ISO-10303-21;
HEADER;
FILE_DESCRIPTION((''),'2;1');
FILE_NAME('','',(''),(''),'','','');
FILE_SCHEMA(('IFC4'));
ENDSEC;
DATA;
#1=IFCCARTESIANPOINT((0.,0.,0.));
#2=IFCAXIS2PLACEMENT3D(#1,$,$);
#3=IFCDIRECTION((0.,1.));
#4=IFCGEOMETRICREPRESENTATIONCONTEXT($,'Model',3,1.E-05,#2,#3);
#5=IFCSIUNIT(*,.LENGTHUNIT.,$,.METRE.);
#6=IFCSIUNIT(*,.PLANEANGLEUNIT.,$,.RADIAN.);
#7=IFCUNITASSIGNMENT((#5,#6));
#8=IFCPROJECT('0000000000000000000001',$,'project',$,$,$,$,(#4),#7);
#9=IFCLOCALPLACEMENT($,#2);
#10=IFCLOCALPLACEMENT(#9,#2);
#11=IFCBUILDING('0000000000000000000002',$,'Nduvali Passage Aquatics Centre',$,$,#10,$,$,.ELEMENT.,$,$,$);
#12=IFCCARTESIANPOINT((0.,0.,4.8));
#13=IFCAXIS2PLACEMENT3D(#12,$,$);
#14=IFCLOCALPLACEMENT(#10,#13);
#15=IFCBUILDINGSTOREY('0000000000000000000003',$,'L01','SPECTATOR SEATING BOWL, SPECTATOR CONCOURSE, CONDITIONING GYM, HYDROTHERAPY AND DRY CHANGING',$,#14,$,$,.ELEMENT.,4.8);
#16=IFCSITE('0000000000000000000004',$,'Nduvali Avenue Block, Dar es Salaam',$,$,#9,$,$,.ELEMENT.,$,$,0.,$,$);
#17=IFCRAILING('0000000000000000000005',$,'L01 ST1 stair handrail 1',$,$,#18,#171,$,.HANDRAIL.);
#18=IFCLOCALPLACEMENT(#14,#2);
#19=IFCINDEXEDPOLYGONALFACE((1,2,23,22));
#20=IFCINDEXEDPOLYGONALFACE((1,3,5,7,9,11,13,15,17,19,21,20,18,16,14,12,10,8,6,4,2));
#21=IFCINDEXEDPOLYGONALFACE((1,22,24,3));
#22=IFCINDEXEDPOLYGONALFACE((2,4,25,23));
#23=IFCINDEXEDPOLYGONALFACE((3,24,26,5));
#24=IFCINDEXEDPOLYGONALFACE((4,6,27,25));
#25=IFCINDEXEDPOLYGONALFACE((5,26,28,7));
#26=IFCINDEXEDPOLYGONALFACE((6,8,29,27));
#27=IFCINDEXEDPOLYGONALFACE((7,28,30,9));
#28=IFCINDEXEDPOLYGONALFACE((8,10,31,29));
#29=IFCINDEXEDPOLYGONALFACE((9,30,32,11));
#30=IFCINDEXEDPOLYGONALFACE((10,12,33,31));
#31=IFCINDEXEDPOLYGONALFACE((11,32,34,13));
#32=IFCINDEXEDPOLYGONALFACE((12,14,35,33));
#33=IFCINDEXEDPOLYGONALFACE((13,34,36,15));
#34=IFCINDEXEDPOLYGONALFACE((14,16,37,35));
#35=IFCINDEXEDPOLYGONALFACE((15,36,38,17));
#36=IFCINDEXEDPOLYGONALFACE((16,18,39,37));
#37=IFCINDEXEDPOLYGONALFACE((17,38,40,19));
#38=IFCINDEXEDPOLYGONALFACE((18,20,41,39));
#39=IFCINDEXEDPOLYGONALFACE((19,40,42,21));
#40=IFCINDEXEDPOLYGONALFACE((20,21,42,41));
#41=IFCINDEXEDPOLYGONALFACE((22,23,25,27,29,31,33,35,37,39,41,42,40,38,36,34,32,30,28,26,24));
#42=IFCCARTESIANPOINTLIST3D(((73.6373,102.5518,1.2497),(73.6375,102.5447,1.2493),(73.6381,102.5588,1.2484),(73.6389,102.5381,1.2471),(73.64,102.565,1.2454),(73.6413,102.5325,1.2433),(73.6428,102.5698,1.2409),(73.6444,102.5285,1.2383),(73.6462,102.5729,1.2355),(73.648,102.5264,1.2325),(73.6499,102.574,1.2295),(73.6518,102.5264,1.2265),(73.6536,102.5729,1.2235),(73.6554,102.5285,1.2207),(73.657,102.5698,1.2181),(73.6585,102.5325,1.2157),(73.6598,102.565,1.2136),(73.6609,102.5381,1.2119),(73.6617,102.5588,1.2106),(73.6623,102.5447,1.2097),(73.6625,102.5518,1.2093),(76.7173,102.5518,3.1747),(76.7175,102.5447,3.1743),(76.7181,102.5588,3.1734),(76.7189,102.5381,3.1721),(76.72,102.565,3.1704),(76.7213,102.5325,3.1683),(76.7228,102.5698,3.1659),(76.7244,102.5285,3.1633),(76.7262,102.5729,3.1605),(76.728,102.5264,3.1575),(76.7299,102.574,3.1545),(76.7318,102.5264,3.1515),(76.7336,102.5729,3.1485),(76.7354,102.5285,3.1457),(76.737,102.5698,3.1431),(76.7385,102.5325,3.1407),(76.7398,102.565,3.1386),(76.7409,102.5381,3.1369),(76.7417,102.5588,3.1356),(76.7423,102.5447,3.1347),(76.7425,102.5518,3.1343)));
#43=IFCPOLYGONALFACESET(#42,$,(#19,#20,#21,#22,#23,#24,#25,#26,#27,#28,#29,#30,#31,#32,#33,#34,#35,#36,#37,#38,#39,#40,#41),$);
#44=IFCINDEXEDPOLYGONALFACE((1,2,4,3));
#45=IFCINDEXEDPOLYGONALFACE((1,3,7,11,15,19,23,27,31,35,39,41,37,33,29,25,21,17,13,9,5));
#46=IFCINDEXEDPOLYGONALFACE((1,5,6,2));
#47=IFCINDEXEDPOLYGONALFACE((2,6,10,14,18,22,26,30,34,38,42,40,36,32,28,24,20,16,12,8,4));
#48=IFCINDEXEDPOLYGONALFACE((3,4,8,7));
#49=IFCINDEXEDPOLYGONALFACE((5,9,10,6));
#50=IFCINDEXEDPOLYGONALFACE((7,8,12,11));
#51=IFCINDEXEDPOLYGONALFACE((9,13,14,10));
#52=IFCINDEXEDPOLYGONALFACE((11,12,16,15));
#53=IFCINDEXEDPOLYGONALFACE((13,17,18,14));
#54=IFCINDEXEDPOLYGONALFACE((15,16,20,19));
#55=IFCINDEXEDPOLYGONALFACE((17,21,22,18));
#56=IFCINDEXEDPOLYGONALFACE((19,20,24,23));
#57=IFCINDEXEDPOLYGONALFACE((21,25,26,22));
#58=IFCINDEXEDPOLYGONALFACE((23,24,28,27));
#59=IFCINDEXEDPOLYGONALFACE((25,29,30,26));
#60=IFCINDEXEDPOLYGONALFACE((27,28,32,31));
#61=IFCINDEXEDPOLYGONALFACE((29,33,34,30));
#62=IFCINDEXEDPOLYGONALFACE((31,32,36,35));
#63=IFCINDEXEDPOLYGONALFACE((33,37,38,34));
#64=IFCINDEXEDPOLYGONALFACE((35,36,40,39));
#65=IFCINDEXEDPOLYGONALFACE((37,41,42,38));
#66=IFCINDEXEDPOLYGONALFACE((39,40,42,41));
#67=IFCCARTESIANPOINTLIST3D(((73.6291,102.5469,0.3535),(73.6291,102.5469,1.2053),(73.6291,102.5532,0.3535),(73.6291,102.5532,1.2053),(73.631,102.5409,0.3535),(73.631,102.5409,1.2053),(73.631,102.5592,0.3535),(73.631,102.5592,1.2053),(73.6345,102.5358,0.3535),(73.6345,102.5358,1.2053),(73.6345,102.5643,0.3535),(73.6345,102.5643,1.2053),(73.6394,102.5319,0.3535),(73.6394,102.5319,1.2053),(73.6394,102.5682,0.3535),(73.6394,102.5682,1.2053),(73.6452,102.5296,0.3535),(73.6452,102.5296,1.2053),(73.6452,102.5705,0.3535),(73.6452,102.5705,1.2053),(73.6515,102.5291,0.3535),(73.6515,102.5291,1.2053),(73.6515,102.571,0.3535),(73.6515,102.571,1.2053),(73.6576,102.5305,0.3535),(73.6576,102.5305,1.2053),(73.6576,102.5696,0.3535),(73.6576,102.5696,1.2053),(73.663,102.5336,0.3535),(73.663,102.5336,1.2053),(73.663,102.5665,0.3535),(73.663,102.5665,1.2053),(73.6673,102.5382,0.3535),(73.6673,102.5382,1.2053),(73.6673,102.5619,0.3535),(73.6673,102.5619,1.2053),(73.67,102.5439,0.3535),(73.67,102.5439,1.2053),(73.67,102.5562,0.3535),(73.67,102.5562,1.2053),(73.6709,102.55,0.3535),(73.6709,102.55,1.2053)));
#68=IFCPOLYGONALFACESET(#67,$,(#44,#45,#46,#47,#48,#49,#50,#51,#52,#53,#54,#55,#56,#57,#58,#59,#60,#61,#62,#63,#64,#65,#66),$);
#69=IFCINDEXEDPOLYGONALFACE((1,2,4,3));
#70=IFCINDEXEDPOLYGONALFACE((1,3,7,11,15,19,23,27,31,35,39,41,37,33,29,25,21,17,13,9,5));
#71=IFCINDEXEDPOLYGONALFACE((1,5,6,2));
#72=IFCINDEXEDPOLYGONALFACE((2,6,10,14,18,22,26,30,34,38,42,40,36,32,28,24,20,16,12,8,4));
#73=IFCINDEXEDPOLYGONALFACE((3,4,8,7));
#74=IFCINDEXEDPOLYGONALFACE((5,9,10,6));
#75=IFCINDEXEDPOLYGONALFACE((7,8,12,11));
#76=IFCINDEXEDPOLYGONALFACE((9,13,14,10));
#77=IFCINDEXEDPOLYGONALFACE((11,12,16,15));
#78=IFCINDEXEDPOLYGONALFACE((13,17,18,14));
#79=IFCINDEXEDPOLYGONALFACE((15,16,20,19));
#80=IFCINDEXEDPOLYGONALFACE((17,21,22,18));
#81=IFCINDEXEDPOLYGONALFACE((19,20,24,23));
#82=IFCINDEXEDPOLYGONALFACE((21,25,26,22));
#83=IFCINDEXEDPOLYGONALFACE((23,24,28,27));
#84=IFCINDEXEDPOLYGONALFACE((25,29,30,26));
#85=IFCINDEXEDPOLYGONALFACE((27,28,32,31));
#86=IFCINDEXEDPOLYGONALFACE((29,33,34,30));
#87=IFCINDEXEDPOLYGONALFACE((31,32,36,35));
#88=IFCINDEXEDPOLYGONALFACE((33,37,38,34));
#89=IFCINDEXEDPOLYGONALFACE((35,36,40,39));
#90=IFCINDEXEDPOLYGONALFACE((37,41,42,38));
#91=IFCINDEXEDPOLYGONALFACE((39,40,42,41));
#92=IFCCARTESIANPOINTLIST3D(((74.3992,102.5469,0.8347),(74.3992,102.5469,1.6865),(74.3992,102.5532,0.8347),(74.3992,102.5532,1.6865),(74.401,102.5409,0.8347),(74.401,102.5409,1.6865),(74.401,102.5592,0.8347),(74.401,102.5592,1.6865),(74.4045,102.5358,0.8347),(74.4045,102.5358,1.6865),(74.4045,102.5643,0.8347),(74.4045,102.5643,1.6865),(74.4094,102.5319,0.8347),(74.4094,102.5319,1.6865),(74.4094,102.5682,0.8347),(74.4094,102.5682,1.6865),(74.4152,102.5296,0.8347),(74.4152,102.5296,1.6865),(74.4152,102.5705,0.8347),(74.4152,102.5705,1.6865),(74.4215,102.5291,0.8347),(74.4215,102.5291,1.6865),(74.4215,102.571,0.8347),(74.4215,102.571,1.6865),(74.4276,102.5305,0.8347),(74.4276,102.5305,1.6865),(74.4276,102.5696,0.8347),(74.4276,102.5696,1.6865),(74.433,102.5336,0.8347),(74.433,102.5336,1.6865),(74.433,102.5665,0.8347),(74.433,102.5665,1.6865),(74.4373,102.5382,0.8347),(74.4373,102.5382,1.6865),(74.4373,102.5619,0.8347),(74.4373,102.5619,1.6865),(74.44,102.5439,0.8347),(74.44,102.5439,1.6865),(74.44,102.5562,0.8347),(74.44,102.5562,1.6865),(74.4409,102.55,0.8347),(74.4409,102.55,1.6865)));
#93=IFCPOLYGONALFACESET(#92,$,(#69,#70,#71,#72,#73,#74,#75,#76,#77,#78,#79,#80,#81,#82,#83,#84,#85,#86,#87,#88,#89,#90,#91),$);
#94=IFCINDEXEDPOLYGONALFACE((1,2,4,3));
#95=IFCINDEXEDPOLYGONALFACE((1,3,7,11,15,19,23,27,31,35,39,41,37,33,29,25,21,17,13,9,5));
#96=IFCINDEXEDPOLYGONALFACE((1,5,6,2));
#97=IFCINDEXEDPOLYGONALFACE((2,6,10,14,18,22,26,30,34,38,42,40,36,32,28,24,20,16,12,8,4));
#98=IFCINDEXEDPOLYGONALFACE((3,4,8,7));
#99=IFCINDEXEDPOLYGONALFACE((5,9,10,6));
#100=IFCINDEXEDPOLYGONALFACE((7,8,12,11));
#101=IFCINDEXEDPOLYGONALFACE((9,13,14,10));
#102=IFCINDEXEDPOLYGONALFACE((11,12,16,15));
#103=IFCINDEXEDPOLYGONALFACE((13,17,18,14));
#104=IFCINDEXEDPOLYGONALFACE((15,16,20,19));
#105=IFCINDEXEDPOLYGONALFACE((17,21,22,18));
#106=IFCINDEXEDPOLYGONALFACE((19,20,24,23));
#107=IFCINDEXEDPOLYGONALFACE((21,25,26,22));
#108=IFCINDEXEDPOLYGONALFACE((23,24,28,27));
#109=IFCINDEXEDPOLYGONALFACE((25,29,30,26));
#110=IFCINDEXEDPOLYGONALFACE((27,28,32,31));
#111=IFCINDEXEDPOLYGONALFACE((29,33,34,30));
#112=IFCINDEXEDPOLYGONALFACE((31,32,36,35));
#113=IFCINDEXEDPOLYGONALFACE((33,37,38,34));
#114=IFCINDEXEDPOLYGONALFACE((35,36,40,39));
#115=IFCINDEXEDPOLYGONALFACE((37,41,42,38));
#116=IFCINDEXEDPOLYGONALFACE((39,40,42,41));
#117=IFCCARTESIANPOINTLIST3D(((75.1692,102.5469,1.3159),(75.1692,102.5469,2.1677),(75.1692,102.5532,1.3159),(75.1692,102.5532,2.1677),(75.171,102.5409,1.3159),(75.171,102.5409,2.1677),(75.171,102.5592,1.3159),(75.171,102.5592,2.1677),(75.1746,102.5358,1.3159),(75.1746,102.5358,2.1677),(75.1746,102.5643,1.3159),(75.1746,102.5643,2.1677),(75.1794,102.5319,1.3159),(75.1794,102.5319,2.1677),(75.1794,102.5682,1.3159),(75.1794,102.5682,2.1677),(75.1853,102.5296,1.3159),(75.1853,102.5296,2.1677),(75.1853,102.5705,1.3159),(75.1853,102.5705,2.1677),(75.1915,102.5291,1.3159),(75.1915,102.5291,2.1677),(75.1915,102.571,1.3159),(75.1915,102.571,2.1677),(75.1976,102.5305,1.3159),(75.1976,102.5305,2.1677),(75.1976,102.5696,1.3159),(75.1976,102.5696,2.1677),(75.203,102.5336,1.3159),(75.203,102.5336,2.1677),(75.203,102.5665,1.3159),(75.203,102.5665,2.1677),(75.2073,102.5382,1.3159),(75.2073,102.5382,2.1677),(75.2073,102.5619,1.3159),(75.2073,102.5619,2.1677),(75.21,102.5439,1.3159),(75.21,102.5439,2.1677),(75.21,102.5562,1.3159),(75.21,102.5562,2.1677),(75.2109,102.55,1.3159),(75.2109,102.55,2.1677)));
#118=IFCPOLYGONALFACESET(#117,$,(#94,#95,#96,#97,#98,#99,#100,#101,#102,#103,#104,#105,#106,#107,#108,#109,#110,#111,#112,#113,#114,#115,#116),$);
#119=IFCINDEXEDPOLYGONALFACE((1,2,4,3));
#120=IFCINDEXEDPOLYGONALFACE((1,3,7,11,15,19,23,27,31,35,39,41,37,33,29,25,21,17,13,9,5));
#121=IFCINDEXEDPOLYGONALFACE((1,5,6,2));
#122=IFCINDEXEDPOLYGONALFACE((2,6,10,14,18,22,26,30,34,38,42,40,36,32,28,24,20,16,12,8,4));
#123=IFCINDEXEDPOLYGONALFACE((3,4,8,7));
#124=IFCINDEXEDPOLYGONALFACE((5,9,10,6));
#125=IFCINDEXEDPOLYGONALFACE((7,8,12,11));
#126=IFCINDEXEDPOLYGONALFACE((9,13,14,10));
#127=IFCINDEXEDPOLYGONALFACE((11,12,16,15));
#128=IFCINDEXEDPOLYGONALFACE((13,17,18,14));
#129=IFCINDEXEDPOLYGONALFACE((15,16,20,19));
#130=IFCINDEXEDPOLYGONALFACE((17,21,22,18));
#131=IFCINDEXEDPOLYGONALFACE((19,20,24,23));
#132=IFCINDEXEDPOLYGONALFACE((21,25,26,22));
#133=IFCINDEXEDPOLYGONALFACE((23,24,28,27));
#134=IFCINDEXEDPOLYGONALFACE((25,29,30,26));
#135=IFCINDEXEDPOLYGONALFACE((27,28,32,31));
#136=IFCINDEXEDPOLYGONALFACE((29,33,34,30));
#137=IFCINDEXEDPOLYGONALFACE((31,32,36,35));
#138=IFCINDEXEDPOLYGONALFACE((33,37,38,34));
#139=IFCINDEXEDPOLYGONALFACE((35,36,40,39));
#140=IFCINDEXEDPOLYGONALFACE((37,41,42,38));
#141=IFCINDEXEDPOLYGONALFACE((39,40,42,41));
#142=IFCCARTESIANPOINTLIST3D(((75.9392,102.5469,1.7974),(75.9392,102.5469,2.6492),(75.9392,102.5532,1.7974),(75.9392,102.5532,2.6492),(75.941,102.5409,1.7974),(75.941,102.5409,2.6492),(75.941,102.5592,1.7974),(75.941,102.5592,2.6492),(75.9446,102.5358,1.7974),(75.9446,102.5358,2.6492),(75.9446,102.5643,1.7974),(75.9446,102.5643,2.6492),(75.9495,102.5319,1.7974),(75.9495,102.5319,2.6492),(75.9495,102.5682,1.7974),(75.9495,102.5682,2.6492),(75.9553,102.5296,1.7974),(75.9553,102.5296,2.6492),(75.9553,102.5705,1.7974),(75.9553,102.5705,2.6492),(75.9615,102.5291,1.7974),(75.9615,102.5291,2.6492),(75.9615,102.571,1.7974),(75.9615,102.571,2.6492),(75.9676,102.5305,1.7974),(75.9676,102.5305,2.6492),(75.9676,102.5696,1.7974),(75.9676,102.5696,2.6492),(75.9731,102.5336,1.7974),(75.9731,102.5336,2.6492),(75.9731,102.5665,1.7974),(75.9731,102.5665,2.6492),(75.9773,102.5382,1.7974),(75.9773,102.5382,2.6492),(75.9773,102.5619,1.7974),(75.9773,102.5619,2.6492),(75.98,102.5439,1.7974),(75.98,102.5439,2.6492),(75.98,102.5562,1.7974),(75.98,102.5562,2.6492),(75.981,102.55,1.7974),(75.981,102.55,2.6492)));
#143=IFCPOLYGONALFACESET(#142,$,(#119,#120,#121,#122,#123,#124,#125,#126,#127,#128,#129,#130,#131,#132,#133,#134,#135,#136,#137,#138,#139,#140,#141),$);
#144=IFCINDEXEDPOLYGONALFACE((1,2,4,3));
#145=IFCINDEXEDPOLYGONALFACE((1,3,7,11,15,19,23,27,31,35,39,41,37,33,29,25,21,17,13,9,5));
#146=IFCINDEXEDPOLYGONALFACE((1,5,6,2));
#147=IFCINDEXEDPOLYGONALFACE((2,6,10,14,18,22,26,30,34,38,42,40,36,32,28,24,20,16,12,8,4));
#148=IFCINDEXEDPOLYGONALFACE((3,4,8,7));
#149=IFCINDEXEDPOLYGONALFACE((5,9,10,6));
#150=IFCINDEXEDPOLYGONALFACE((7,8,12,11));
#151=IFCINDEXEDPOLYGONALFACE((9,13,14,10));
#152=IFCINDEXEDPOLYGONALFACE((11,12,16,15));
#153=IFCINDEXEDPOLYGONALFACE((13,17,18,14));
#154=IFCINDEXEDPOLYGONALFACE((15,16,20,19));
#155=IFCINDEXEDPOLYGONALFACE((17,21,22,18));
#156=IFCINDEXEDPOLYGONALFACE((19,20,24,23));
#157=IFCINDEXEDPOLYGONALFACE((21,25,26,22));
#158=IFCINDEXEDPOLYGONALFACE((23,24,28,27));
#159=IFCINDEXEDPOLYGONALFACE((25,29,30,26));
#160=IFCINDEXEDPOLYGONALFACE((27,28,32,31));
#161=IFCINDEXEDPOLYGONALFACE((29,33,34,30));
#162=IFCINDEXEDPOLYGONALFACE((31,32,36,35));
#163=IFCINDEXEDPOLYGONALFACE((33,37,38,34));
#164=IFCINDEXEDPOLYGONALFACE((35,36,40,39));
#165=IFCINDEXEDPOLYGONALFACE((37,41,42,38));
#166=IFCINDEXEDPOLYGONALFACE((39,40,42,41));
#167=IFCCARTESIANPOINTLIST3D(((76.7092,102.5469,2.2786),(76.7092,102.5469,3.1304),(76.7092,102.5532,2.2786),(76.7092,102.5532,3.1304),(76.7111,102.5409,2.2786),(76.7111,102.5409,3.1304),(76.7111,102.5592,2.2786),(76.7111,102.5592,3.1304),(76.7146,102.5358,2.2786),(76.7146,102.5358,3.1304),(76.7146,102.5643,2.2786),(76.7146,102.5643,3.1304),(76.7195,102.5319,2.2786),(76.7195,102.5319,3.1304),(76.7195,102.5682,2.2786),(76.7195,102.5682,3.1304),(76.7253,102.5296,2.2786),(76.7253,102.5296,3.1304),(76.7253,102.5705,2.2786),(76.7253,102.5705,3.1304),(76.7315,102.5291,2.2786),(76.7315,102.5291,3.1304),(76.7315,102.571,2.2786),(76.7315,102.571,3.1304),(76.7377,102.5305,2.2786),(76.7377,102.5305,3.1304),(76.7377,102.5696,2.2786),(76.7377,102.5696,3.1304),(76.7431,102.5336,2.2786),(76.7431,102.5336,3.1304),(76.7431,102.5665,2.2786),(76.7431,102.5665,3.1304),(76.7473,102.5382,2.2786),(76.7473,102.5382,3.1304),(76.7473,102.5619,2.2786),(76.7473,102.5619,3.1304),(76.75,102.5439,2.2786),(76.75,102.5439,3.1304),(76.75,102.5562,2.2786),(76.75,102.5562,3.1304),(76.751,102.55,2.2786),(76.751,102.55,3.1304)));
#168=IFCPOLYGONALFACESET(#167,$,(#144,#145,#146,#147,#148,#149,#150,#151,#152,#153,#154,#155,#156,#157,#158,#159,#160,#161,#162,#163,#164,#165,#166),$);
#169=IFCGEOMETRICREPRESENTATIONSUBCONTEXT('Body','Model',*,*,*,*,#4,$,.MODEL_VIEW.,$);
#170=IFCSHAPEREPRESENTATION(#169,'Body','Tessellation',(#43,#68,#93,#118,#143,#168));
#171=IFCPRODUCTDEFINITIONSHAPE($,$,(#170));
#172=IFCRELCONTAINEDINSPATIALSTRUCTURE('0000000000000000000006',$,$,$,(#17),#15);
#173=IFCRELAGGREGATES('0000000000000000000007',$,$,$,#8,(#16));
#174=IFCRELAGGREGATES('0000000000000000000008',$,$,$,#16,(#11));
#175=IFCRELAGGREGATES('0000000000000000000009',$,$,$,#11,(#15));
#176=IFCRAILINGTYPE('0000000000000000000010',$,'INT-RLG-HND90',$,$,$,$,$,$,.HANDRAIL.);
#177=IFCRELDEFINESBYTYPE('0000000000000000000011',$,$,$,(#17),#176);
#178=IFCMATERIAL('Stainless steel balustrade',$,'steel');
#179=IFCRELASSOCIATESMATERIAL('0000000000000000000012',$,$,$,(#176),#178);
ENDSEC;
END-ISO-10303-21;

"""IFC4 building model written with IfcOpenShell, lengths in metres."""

from ifc_helpers import new_model, si_unit, direction, frame, origin, origin_2d, place, context, subcontext, project, spatial, circle, extrude, material, type_object, element, save


model = new_model("IFC4")

# Units and contexts
model_context = context("Model", 3, precision=1e-05, world=origin(), true_north=direction((0.0, 1.0)))
body_context = subcontext(model_context, "Body", "Model", "MODEL_VIEW")
ifc_project = project(units=[si_unit("LENGTHUNIT", "METRE"), si_unit("PLANEANGLEUNIT", "RADIAN")], contexts=[model_context])

# Site, building, storey
site_placement = place(None, origin())
site = spatial("IfcSite", under=ifc_project, at=site_placement, Name="Nduvali Avenue Block, Dar es Salaam", CompositionType="ELEMENT", RefElevation=0.0)
building_placement = place(site_placement, origin())
building = spatial("IfcBuilding", under=site, at=building_placement, Name="Nduvali Passage Aquatics Centre", CompositionType="ELEMENT")
storey_placement = place(building_placement, frame((0.0, 0.0, 4.8)))
storey = spatial("IfcBuildingStorey", under=building, at=storey_placement, Name="L01", Description="SPECTATOR SEATING BOWL, SPECTATOR CONCOURSE, CONDITIONING GYM, HYDROTHERAPY AND DRY CHANGING", CompositionType="ELEMENT", Elevation=4.8)

# Railing
ifc_material_1 = material(Name="Stainless steel balustrade", Category="steel")
railing_type_1 = type_object("IfcRailingType", Name="INT-RLG-HND90", PredefinedType="HANDRAIL", material=ifc_material_1)
railing_1_placement = place(storey_placement, frame((73.6499, 102.55, 0.3535)))
element("IfcRailing", 1, at=railing_1_placement, inside=storey, type_object=railing_type_1, Name="L01 ST1 stair handrail 1", PredefinedType="HANDRAIL", context=body_context, shape_type="SweptSolid", body=[
    extrude(circle(Radius=0.0239, at=origin_2d()), frame((0.0, 0.0, 0.876), z_axis=(0.847998, 0.0, 0.529999), x_axis=(0.0, 1.0, 0.0)), (0.0, 0.0, 1.0), 3.6321),
    extrude(circle(Radius=0.021, at=origin_2d()), origin(), (0.0, 0.0, 1.0), 0.8518),
    extrude(circle(Radius=0.021, at=origin_2d()), frame((0.77, 0.0, 0.4812)), (0.0, 0.0, 1.0), 0.8518),
    extrude(circle(Radius=0.021, at=origin_2d()), frame((1.54, 0.0, 0.9624)), (0.0, 0.0, 1.0), 0.8518),
    extrude(circle(Radius=0.021, at=origin_2d()), frame((2.3101, 0.0, 1.4438)), (0.0, 0.0, 1.0), 0.8518),
    extrude(circle(Radius=0.021, at=origin_2d()), frame((3.0801, 0.0, 1.925)), (0.0, 0.0, 1.0), 0.8518),
])

save(model, "model.ifc")
